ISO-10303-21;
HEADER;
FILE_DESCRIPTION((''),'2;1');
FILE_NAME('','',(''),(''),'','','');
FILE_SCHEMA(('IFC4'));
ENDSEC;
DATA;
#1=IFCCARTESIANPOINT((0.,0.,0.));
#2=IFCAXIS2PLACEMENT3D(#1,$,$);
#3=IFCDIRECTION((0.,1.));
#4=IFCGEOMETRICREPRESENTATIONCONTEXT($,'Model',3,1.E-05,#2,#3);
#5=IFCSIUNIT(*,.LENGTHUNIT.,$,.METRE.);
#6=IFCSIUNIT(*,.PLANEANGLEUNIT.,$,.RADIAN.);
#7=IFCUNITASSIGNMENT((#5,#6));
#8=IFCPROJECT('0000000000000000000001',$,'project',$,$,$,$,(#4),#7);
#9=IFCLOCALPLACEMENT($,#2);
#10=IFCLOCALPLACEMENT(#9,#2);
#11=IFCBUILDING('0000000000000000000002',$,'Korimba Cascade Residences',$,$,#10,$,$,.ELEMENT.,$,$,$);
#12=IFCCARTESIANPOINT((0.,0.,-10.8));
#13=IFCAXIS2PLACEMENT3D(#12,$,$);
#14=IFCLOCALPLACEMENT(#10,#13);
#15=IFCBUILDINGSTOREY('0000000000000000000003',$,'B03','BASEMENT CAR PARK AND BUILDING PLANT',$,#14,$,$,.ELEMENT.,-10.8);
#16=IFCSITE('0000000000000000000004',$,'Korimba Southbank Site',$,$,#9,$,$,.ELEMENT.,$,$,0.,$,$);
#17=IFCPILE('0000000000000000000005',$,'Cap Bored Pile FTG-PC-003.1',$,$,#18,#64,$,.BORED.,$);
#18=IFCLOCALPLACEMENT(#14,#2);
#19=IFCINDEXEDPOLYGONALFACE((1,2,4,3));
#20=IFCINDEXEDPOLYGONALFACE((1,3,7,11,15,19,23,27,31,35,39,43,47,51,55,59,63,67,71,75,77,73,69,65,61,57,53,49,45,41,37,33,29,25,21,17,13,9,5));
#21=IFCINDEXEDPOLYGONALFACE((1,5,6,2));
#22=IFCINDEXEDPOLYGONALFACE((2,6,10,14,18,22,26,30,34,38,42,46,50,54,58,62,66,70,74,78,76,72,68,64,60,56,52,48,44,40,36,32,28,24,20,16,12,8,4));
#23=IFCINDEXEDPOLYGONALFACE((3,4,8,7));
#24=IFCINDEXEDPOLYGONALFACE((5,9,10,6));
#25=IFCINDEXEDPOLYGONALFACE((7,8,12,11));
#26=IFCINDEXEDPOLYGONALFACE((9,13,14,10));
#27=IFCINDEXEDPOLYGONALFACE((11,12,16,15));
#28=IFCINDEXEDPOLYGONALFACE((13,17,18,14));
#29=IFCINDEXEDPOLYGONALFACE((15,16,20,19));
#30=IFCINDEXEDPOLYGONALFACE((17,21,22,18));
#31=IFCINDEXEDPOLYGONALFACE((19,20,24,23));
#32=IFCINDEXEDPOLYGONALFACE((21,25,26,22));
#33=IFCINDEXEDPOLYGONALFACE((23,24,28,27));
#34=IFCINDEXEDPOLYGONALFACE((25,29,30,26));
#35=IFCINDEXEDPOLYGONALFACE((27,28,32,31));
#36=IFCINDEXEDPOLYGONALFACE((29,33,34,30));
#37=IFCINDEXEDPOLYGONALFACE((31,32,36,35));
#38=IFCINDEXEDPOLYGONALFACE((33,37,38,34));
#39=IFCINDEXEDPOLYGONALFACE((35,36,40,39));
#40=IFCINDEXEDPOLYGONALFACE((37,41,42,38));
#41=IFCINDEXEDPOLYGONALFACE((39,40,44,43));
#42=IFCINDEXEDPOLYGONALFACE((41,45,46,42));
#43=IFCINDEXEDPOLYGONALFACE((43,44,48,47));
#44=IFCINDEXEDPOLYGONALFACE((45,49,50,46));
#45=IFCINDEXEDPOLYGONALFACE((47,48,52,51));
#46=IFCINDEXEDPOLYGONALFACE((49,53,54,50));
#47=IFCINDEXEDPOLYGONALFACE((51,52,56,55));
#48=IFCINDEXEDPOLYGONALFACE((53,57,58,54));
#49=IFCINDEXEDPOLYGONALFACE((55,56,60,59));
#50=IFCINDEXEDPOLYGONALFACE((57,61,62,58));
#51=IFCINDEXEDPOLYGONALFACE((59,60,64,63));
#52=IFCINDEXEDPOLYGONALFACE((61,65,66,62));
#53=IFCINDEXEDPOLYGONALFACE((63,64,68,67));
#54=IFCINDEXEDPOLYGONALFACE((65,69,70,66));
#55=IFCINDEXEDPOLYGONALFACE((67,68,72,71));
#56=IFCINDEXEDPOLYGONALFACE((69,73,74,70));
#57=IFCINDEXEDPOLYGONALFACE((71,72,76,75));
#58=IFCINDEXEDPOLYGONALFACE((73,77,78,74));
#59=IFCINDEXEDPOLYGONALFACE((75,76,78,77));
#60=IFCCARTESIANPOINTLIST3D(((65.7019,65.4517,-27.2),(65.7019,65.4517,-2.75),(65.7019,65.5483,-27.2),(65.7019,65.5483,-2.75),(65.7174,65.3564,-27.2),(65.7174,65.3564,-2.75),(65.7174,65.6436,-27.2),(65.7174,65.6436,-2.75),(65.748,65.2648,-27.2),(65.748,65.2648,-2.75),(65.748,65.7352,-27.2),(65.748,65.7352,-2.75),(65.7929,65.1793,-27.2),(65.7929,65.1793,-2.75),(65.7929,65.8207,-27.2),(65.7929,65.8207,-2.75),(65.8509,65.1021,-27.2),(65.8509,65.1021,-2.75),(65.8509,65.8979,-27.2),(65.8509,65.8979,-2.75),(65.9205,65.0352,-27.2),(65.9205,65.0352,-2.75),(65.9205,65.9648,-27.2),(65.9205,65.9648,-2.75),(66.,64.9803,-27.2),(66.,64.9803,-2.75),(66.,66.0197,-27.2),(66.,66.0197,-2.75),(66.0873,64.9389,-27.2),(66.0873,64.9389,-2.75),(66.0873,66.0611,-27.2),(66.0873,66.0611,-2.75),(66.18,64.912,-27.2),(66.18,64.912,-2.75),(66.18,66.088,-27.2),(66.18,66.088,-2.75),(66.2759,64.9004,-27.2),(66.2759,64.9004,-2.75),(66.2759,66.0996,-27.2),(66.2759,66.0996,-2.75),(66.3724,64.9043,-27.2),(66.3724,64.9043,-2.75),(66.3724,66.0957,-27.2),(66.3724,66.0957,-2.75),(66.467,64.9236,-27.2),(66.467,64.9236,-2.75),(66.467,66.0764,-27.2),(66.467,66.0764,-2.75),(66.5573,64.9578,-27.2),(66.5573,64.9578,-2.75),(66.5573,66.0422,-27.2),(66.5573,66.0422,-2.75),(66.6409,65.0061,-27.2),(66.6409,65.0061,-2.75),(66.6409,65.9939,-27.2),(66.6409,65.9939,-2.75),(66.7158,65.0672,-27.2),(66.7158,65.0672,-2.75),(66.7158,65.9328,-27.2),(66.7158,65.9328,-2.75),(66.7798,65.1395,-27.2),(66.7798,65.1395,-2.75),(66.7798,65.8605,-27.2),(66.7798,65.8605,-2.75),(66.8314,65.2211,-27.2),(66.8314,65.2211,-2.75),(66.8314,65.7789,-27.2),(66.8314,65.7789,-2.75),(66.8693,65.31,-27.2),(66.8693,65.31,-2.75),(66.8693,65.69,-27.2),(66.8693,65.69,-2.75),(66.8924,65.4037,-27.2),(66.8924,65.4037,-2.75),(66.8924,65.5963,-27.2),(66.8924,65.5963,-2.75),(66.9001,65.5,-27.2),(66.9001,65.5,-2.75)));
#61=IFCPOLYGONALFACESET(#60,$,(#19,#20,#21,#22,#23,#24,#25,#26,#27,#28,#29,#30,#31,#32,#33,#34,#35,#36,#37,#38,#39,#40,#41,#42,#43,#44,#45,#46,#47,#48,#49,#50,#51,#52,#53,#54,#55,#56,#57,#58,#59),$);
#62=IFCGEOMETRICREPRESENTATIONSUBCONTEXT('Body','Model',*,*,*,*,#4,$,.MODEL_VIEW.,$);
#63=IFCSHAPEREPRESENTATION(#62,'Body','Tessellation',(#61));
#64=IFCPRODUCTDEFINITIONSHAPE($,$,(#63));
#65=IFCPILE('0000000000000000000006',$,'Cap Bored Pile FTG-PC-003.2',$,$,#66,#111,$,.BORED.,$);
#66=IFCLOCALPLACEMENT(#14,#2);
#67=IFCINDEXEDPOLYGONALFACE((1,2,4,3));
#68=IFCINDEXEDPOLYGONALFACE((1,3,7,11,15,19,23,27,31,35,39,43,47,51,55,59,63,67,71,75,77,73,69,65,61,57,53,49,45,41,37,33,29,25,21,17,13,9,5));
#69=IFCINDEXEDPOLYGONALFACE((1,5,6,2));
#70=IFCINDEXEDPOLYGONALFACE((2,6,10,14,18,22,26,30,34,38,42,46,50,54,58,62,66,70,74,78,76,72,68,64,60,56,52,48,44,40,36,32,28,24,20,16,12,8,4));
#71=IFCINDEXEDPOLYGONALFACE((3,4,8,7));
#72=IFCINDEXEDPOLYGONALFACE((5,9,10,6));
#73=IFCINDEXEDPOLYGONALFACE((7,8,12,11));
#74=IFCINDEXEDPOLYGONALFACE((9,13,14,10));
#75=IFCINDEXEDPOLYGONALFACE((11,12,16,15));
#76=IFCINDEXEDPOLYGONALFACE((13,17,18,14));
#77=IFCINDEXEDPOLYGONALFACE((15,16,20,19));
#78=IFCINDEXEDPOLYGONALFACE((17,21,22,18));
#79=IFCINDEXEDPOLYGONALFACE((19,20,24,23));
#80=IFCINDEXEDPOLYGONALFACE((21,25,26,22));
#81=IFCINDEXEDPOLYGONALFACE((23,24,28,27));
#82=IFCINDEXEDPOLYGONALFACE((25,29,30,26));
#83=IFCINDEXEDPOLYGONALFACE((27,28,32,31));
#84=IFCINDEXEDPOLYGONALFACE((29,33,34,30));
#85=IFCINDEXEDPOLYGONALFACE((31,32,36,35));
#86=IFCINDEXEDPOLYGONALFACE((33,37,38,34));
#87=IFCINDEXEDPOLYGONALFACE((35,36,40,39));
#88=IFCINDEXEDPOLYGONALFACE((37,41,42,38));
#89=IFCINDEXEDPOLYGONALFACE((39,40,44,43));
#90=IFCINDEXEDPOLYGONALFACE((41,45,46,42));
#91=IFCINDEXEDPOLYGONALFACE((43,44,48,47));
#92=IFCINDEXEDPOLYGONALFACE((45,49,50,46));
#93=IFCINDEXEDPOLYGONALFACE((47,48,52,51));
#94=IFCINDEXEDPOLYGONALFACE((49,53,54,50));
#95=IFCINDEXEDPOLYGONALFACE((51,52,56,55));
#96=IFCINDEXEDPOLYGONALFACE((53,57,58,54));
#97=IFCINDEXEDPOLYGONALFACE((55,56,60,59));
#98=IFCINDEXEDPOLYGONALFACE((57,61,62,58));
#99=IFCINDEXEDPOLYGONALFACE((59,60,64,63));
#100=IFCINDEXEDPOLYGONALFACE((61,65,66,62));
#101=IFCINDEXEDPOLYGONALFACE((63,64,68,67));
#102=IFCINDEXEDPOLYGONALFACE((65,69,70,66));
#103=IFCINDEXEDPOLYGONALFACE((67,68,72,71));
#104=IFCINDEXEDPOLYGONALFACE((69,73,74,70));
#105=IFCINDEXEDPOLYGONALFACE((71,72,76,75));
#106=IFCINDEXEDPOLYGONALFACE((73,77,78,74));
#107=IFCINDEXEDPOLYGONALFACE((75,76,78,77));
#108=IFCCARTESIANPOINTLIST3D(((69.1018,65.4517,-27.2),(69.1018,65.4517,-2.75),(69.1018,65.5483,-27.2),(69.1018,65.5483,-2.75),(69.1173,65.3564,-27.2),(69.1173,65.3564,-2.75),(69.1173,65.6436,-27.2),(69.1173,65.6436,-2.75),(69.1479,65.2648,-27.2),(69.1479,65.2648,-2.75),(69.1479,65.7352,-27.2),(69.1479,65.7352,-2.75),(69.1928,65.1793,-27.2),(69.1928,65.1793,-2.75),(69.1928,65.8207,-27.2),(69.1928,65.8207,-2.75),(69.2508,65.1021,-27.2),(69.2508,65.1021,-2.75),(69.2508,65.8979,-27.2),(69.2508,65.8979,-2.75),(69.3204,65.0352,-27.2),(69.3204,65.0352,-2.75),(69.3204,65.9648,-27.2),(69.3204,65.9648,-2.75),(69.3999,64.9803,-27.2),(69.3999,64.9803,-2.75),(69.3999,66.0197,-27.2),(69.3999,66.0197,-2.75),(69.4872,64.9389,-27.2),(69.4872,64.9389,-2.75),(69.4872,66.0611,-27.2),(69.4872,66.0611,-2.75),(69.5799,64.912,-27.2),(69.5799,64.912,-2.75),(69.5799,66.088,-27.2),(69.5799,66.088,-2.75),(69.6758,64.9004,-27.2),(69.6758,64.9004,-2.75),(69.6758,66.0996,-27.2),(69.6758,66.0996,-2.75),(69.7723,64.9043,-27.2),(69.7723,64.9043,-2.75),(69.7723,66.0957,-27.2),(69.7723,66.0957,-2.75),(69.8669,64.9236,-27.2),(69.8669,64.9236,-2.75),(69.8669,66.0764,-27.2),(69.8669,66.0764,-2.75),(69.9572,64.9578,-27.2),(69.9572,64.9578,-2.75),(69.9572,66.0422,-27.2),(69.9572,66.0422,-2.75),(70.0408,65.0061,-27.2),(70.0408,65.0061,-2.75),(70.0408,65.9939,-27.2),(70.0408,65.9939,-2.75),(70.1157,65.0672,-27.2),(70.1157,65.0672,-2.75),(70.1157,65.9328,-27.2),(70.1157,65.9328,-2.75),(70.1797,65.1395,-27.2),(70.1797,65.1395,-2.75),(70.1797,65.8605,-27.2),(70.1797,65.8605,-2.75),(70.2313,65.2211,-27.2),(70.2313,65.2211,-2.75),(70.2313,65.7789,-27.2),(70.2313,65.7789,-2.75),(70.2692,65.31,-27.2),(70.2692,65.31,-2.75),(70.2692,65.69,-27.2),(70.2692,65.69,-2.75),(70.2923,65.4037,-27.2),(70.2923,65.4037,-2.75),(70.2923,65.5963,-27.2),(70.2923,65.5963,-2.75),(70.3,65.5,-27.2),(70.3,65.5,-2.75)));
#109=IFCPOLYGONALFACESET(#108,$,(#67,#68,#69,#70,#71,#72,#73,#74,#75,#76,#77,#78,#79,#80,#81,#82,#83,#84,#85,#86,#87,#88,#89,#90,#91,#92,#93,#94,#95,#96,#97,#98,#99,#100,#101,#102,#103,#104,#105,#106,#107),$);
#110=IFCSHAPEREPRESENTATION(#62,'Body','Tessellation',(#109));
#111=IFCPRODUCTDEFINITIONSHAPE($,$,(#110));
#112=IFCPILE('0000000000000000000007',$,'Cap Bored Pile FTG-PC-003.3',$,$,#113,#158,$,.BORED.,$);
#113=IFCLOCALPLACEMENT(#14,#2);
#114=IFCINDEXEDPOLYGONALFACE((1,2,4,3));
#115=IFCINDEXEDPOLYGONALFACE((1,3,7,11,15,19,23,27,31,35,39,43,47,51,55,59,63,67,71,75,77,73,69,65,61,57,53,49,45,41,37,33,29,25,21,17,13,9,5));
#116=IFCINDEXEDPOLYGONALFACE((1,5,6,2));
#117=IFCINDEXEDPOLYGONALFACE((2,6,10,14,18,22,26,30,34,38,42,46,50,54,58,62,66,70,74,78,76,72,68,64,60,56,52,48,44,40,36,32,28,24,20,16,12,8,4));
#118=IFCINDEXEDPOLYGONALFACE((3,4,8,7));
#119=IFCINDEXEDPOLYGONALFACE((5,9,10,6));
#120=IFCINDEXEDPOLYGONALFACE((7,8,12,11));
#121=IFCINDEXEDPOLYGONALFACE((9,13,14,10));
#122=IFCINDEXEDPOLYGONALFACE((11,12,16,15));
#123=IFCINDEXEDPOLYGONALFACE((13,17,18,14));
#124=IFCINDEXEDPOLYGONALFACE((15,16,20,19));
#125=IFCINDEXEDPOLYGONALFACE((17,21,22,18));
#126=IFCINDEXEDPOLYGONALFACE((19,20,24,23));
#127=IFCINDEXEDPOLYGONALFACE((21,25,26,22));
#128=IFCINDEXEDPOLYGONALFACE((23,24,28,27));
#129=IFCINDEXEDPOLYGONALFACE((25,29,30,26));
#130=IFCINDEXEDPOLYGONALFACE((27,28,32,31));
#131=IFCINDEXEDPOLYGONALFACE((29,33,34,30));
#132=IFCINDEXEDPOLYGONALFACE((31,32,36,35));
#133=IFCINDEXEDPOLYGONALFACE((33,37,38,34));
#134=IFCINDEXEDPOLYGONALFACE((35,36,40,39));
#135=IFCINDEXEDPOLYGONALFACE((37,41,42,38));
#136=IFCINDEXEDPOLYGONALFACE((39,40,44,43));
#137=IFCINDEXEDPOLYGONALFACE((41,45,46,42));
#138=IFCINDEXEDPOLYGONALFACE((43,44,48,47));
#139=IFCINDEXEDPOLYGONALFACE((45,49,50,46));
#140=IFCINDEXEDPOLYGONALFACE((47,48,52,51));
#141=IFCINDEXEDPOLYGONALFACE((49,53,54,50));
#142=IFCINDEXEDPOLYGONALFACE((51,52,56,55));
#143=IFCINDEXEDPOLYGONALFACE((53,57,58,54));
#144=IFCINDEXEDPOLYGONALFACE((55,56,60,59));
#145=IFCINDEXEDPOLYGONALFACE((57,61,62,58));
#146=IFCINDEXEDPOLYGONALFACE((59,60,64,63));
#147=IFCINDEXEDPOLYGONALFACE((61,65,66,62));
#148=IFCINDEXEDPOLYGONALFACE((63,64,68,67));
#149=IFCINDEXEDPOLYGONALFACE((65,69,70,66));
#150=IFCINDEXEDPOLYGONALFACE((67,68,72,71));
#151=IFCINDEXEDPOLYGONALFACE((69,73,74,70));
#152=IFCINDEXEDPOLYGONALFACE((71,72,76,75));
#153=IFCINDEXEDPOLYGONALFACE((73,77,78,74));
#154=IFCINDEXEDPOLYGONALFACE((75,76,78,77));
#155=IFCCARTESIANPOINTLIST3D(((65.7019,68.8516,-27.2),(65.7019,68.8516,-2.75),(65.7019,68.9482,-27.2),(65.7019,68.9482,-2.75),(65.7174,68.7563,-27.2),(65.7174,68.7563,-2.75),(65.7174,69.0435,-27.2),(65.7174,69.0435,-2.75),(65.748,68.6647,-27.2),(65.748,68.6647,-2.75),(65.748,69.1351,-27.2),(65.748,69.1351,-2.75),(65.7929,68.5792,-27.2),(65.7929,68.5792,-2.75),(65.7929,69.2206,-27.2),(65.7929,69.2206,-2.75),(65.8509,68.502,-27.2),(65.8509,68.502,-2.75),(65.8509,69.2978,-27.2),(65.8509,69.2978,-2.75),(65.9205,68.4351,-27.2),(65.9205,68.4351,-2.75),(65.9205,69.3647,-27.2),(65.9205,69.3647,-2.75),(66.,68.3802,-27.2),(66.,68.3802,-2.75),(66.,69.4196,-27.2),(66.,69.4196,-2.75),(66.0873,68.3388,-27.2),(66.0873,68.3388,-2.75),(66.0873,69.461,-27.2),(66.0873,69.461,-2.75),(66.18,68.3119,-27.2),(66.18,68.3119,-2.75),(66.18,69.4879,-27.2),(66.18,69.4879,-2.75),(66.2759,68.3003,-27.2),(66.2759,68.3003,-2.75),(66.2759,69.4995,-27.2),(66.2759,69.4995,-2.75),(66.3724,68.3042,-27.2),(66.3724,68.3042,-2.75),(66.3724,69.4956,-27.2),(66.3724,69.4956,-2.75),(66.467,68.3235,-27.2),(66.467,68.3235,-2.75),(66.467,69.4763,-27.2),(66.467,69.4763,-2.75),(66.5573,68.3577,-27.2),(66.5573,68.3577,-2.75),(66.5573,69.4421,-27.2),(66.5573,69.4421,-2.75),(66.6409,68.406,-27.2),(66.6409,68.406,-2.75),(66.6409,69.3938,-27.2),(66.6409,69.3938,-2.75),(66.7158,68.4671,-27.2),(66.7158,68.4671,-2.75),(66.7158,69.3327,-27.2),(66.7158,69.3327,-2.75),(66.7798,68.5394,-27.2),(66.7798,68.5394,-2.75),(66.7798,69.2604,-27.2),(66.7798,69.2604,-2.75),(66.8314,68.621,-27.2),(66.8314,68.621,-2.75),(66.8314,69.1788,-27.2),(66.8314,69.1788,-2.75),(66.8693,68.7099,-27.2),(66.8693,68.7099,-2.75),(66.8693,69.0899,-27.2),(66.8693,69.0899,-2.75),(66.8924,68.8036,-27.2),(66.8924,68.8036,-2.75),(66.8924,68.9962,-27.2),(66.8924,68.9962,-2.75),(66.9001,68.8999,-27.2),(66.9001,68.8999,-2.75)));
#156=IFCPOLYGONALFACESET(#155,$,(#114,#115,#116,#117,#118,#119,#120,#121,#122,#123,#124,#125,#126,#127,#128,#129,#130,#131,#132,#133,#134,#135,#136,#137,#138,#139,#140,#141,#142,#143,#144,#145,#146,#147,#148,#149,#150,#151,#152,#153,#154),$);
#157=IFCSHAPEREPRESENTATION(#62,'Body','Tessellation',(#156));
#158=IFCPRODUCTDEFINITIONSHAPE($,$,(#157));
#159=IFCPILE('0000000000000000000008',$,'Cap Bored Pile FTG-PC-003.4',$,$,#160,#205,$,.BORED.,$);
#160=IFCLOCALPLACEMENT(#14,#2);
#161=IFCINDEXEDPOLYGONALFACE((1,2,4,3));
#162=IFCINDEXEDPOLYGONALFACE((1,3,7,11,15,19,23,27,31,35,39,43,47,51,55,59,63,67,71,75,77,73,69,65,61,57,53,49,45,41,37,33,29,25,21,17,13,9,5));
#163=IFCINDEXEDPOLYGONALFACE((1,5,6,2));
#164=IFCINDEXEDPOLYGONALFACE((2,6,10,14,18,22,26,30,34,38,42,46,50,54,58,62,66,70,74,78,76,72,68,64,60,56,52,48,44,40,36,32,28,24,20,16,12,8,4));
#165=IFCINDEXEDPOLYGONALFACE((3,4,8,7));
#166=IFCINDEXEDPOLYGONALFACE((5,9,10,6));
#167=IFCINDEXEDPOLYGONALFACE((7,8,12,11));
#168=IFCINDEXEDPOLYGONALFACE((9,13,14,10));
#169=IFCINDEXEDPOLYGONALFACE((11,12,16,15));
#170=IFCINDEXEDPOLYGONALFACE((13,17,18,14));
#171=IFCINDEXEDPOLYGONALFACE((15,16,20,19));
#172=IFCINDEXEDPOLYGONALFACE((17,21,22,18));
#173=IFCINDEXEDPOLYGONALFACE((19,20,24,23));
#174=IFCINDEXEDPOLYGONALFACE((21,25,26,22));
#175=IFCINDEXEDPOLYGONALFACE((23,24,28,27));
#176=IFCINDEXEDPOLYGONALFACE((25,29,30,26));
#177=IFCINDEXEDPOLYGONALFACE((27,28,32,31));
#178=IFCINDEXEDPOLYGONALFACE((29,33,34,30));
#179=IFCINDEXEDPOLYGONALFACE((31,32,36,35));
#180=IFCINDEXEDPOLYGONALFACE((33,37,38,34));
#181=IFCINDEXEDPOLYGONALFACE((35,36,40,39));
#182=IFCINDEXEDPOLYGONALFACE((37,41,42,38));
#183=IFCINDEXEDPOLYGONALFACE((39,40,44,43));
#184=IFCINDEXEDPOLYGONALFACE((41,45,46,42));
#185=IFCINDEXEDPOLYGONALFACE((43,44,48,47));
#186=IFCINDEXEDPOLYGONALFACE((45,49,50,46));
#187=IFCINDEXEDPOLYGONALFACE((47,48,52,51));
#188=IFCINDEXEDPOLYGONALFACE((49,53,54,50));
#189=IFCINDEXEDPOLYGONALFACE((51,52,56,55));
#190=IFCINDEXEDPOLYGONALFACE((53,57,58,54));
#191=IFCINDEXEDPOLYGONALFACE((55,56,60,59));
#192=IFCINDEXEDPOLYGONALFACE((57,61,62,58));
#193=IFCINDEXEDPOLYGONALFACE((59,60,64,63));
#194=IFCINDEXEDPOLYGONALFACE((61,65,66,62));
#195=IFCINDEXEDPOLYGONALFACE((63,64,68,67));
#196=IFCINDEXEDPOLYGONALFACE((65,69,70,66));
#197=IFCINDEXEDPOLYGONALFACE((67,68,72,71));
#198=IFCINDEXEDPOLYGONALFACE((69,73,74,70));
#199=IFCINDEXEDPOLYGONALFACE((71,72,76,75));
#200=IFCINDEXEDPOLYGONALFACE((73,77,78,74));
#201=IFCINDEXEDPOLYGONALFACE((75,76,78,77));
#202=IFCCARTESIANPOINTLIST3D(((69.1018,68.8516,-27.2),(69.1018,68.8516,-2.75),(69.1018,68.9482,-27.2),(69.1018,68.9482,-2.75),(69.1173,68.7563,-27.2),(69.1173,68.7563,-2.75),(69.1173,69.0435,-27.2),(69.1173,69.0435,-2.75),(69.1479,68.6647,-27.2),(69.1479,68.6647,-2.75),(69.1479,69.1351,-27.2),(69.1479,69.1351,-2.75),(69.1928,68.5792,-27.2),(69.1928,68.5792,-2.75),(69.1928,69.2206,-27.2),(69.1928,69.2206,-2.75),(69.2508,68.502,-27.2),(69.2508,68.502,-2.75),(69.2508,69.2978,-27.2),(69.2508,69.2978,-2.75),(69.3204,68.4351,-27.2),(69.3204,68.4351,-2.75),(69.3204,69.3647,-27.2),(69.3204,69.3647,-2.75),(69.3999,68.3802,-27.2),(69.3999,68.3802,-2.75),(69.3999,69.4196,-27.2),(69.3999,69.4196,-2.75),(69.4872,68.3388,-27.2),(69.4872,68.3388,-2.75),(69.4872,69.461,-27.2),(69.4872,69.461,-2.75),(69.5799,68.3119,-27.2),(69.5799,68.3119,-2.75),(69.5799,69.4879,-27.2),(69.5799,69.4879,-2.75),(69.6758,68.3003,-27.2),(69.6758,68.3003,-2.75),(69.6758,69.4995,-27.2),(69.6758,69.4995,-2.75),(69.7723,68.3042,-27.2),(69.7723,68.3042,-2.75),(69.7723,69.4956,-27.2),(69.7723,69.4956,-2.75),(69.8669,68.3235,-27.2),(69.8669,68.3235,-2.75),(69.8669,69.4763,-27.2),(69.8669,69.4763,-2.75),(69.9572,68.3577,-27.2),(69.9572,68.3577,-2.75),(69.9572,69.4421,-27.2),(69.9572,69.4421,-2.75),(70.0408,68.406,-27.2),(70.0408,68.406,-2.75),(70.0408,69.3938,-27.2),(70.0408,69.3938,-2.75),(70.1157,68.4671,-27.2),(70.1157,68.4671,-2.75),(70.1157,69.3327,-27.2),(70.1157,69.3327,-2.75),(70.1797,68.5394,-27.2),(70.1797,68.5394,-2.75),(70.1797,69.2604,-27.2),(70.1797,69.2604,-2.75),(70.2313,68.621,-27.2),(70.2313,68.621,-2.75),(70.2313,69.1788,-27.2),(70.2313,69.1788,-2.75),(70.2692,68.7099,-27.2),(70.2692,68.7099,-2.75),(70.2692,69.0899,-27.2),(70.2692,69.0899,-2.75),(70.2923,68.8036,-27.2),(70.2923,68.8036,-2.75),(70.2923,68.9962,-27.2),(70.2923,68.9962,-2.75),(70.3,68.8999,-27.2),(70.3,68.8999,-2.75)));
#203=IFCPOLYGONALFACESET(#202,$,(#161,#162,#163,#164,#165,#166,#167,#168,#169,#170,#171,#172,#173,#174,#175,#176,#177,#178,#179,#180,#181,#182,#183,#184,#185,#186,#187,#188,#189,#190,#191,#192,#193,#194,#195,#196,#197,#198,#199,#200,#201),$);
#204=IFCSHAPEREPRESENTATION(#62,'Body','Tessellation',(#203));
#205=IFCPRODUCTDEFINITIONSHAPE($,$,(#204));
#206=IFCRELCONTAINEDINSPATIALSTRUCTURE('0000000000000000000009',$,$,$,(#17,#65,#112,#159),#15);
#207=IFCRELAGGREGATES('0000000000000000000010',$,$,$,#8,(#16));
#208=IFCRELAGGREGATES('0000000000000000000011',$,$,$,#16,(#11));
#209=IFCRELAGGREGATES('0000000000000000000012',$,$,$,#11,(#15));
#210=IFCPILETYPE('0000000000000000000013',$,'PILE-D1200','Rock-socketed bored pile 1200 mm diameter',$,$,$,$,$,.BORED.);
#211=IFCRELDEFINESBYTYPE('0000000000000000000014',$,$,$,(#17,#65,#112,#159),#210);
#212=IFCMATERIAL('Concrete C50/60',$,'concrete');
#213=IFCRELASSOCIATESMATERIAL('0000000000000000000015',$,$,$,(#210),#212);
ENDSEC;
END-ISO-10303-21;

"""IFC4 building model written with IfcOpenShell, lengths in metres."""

from ifc_helpers import new_model, si_unit, direction, frame, origin, origin_2d, place, context, subcontext, project, spatial, circle, extrude, material, material_profile, profile_set, type_object, element, save


model = new_model("IFC4")

# Units and contexts
model_context = context("Model", 3, precision=1e-05, world=origin(), true_north=direction((0.0, 1.0)))
body_context = subcontext(model_context, "Body", "Model", "MODEL_VIEW")
ifc_project = project(units=[si_unit("LENGTHUNIT", "METRE"), si_unit("PLANEANGLEUNIT", "RADIAN")], contexts=[model_context])

# Site, building, storey
site_placement = place(None, origin())
site = spatial("IfcSite", under=ifc_project, at=site_placement, Name="Korimba Southbank Site", CompositionType="ELEMENT", RefElevation=0.0)
building_placement = place(site_placement, origin())
building = spatial("IfcBuilding", under=site, at=building_placement, Name="Korimba Cascade Residences", CompositionType="ELEMENT")
storey_placement = place(building_placement, frame((0.0, 0.0, -10.8)))
storey = spatial("IfcBuildingStorey", under=building, at=storey_placement, Name="B03", Description="BASEMENT CAR PARK AND BUILDING PLANT", CompositionType="ELEMENT", Elevation=-10.8)

# Piles
ifc_material_1 = material(Name="Concrete C50/60", Category="concrete")
ifc_material_profile_1 = material_profile(ifc_material_1, circle(Radius=0.6001, at=origin_2d()), Name="Concrete C50/60")
ifc_profile_set_1 = profile_set([ifc_material_profile_1], Name="Concrete C50/60")
pile_type = type_object("IfcPileType", Name="PILE-D1200", Description="Rock-socketed bored pile 1200 mm diameter", PredefinedType="BORED", material=ifc_profile_set_1)
for number, where, z_axis, x_axis, name in (
    (1, (66.3, 65.5, -2.75), (0.0, 0.0, -1.0), (1.0, 0.0, 0.0), "Cap Bored Pile FTG-PC-003.1"),
    (2, (69.7, 65.5, -2.75), (0.0, 0.0, -1.0), (1.0, 0.0, 0.0), "Cap Bored Pile FTG-PC-003.2"),
    (3, (66.3, 68.8999, -2.75), (0.0, 0.0, -1.0), (1.0, 0.0, 0.0), "Cap Bored Pile FTG-PC-003.3"),
    (4, (69.7, 68.8999, -2.75), (0.0, 0.0, -1.0), (1.0, 0.0, 0.0), "Cap Bored Pile FTG-PC-003.4"),
):
    element("IfcPile", number, at=place(storey_placement, frame(where, z_axis=z_axis, x_axis=x_axis)), inside=storey, type_object=pile_type, Name=name, PredefinedType="BORED", context=body_context, shape_type="SweptSolid", body=[
        extrude(circle(Radius=0.6001, at=origin_2d()), origin(), (0.0, 0.0, 1.0), 24.45),
    ])

save(model, "model.ifc")
